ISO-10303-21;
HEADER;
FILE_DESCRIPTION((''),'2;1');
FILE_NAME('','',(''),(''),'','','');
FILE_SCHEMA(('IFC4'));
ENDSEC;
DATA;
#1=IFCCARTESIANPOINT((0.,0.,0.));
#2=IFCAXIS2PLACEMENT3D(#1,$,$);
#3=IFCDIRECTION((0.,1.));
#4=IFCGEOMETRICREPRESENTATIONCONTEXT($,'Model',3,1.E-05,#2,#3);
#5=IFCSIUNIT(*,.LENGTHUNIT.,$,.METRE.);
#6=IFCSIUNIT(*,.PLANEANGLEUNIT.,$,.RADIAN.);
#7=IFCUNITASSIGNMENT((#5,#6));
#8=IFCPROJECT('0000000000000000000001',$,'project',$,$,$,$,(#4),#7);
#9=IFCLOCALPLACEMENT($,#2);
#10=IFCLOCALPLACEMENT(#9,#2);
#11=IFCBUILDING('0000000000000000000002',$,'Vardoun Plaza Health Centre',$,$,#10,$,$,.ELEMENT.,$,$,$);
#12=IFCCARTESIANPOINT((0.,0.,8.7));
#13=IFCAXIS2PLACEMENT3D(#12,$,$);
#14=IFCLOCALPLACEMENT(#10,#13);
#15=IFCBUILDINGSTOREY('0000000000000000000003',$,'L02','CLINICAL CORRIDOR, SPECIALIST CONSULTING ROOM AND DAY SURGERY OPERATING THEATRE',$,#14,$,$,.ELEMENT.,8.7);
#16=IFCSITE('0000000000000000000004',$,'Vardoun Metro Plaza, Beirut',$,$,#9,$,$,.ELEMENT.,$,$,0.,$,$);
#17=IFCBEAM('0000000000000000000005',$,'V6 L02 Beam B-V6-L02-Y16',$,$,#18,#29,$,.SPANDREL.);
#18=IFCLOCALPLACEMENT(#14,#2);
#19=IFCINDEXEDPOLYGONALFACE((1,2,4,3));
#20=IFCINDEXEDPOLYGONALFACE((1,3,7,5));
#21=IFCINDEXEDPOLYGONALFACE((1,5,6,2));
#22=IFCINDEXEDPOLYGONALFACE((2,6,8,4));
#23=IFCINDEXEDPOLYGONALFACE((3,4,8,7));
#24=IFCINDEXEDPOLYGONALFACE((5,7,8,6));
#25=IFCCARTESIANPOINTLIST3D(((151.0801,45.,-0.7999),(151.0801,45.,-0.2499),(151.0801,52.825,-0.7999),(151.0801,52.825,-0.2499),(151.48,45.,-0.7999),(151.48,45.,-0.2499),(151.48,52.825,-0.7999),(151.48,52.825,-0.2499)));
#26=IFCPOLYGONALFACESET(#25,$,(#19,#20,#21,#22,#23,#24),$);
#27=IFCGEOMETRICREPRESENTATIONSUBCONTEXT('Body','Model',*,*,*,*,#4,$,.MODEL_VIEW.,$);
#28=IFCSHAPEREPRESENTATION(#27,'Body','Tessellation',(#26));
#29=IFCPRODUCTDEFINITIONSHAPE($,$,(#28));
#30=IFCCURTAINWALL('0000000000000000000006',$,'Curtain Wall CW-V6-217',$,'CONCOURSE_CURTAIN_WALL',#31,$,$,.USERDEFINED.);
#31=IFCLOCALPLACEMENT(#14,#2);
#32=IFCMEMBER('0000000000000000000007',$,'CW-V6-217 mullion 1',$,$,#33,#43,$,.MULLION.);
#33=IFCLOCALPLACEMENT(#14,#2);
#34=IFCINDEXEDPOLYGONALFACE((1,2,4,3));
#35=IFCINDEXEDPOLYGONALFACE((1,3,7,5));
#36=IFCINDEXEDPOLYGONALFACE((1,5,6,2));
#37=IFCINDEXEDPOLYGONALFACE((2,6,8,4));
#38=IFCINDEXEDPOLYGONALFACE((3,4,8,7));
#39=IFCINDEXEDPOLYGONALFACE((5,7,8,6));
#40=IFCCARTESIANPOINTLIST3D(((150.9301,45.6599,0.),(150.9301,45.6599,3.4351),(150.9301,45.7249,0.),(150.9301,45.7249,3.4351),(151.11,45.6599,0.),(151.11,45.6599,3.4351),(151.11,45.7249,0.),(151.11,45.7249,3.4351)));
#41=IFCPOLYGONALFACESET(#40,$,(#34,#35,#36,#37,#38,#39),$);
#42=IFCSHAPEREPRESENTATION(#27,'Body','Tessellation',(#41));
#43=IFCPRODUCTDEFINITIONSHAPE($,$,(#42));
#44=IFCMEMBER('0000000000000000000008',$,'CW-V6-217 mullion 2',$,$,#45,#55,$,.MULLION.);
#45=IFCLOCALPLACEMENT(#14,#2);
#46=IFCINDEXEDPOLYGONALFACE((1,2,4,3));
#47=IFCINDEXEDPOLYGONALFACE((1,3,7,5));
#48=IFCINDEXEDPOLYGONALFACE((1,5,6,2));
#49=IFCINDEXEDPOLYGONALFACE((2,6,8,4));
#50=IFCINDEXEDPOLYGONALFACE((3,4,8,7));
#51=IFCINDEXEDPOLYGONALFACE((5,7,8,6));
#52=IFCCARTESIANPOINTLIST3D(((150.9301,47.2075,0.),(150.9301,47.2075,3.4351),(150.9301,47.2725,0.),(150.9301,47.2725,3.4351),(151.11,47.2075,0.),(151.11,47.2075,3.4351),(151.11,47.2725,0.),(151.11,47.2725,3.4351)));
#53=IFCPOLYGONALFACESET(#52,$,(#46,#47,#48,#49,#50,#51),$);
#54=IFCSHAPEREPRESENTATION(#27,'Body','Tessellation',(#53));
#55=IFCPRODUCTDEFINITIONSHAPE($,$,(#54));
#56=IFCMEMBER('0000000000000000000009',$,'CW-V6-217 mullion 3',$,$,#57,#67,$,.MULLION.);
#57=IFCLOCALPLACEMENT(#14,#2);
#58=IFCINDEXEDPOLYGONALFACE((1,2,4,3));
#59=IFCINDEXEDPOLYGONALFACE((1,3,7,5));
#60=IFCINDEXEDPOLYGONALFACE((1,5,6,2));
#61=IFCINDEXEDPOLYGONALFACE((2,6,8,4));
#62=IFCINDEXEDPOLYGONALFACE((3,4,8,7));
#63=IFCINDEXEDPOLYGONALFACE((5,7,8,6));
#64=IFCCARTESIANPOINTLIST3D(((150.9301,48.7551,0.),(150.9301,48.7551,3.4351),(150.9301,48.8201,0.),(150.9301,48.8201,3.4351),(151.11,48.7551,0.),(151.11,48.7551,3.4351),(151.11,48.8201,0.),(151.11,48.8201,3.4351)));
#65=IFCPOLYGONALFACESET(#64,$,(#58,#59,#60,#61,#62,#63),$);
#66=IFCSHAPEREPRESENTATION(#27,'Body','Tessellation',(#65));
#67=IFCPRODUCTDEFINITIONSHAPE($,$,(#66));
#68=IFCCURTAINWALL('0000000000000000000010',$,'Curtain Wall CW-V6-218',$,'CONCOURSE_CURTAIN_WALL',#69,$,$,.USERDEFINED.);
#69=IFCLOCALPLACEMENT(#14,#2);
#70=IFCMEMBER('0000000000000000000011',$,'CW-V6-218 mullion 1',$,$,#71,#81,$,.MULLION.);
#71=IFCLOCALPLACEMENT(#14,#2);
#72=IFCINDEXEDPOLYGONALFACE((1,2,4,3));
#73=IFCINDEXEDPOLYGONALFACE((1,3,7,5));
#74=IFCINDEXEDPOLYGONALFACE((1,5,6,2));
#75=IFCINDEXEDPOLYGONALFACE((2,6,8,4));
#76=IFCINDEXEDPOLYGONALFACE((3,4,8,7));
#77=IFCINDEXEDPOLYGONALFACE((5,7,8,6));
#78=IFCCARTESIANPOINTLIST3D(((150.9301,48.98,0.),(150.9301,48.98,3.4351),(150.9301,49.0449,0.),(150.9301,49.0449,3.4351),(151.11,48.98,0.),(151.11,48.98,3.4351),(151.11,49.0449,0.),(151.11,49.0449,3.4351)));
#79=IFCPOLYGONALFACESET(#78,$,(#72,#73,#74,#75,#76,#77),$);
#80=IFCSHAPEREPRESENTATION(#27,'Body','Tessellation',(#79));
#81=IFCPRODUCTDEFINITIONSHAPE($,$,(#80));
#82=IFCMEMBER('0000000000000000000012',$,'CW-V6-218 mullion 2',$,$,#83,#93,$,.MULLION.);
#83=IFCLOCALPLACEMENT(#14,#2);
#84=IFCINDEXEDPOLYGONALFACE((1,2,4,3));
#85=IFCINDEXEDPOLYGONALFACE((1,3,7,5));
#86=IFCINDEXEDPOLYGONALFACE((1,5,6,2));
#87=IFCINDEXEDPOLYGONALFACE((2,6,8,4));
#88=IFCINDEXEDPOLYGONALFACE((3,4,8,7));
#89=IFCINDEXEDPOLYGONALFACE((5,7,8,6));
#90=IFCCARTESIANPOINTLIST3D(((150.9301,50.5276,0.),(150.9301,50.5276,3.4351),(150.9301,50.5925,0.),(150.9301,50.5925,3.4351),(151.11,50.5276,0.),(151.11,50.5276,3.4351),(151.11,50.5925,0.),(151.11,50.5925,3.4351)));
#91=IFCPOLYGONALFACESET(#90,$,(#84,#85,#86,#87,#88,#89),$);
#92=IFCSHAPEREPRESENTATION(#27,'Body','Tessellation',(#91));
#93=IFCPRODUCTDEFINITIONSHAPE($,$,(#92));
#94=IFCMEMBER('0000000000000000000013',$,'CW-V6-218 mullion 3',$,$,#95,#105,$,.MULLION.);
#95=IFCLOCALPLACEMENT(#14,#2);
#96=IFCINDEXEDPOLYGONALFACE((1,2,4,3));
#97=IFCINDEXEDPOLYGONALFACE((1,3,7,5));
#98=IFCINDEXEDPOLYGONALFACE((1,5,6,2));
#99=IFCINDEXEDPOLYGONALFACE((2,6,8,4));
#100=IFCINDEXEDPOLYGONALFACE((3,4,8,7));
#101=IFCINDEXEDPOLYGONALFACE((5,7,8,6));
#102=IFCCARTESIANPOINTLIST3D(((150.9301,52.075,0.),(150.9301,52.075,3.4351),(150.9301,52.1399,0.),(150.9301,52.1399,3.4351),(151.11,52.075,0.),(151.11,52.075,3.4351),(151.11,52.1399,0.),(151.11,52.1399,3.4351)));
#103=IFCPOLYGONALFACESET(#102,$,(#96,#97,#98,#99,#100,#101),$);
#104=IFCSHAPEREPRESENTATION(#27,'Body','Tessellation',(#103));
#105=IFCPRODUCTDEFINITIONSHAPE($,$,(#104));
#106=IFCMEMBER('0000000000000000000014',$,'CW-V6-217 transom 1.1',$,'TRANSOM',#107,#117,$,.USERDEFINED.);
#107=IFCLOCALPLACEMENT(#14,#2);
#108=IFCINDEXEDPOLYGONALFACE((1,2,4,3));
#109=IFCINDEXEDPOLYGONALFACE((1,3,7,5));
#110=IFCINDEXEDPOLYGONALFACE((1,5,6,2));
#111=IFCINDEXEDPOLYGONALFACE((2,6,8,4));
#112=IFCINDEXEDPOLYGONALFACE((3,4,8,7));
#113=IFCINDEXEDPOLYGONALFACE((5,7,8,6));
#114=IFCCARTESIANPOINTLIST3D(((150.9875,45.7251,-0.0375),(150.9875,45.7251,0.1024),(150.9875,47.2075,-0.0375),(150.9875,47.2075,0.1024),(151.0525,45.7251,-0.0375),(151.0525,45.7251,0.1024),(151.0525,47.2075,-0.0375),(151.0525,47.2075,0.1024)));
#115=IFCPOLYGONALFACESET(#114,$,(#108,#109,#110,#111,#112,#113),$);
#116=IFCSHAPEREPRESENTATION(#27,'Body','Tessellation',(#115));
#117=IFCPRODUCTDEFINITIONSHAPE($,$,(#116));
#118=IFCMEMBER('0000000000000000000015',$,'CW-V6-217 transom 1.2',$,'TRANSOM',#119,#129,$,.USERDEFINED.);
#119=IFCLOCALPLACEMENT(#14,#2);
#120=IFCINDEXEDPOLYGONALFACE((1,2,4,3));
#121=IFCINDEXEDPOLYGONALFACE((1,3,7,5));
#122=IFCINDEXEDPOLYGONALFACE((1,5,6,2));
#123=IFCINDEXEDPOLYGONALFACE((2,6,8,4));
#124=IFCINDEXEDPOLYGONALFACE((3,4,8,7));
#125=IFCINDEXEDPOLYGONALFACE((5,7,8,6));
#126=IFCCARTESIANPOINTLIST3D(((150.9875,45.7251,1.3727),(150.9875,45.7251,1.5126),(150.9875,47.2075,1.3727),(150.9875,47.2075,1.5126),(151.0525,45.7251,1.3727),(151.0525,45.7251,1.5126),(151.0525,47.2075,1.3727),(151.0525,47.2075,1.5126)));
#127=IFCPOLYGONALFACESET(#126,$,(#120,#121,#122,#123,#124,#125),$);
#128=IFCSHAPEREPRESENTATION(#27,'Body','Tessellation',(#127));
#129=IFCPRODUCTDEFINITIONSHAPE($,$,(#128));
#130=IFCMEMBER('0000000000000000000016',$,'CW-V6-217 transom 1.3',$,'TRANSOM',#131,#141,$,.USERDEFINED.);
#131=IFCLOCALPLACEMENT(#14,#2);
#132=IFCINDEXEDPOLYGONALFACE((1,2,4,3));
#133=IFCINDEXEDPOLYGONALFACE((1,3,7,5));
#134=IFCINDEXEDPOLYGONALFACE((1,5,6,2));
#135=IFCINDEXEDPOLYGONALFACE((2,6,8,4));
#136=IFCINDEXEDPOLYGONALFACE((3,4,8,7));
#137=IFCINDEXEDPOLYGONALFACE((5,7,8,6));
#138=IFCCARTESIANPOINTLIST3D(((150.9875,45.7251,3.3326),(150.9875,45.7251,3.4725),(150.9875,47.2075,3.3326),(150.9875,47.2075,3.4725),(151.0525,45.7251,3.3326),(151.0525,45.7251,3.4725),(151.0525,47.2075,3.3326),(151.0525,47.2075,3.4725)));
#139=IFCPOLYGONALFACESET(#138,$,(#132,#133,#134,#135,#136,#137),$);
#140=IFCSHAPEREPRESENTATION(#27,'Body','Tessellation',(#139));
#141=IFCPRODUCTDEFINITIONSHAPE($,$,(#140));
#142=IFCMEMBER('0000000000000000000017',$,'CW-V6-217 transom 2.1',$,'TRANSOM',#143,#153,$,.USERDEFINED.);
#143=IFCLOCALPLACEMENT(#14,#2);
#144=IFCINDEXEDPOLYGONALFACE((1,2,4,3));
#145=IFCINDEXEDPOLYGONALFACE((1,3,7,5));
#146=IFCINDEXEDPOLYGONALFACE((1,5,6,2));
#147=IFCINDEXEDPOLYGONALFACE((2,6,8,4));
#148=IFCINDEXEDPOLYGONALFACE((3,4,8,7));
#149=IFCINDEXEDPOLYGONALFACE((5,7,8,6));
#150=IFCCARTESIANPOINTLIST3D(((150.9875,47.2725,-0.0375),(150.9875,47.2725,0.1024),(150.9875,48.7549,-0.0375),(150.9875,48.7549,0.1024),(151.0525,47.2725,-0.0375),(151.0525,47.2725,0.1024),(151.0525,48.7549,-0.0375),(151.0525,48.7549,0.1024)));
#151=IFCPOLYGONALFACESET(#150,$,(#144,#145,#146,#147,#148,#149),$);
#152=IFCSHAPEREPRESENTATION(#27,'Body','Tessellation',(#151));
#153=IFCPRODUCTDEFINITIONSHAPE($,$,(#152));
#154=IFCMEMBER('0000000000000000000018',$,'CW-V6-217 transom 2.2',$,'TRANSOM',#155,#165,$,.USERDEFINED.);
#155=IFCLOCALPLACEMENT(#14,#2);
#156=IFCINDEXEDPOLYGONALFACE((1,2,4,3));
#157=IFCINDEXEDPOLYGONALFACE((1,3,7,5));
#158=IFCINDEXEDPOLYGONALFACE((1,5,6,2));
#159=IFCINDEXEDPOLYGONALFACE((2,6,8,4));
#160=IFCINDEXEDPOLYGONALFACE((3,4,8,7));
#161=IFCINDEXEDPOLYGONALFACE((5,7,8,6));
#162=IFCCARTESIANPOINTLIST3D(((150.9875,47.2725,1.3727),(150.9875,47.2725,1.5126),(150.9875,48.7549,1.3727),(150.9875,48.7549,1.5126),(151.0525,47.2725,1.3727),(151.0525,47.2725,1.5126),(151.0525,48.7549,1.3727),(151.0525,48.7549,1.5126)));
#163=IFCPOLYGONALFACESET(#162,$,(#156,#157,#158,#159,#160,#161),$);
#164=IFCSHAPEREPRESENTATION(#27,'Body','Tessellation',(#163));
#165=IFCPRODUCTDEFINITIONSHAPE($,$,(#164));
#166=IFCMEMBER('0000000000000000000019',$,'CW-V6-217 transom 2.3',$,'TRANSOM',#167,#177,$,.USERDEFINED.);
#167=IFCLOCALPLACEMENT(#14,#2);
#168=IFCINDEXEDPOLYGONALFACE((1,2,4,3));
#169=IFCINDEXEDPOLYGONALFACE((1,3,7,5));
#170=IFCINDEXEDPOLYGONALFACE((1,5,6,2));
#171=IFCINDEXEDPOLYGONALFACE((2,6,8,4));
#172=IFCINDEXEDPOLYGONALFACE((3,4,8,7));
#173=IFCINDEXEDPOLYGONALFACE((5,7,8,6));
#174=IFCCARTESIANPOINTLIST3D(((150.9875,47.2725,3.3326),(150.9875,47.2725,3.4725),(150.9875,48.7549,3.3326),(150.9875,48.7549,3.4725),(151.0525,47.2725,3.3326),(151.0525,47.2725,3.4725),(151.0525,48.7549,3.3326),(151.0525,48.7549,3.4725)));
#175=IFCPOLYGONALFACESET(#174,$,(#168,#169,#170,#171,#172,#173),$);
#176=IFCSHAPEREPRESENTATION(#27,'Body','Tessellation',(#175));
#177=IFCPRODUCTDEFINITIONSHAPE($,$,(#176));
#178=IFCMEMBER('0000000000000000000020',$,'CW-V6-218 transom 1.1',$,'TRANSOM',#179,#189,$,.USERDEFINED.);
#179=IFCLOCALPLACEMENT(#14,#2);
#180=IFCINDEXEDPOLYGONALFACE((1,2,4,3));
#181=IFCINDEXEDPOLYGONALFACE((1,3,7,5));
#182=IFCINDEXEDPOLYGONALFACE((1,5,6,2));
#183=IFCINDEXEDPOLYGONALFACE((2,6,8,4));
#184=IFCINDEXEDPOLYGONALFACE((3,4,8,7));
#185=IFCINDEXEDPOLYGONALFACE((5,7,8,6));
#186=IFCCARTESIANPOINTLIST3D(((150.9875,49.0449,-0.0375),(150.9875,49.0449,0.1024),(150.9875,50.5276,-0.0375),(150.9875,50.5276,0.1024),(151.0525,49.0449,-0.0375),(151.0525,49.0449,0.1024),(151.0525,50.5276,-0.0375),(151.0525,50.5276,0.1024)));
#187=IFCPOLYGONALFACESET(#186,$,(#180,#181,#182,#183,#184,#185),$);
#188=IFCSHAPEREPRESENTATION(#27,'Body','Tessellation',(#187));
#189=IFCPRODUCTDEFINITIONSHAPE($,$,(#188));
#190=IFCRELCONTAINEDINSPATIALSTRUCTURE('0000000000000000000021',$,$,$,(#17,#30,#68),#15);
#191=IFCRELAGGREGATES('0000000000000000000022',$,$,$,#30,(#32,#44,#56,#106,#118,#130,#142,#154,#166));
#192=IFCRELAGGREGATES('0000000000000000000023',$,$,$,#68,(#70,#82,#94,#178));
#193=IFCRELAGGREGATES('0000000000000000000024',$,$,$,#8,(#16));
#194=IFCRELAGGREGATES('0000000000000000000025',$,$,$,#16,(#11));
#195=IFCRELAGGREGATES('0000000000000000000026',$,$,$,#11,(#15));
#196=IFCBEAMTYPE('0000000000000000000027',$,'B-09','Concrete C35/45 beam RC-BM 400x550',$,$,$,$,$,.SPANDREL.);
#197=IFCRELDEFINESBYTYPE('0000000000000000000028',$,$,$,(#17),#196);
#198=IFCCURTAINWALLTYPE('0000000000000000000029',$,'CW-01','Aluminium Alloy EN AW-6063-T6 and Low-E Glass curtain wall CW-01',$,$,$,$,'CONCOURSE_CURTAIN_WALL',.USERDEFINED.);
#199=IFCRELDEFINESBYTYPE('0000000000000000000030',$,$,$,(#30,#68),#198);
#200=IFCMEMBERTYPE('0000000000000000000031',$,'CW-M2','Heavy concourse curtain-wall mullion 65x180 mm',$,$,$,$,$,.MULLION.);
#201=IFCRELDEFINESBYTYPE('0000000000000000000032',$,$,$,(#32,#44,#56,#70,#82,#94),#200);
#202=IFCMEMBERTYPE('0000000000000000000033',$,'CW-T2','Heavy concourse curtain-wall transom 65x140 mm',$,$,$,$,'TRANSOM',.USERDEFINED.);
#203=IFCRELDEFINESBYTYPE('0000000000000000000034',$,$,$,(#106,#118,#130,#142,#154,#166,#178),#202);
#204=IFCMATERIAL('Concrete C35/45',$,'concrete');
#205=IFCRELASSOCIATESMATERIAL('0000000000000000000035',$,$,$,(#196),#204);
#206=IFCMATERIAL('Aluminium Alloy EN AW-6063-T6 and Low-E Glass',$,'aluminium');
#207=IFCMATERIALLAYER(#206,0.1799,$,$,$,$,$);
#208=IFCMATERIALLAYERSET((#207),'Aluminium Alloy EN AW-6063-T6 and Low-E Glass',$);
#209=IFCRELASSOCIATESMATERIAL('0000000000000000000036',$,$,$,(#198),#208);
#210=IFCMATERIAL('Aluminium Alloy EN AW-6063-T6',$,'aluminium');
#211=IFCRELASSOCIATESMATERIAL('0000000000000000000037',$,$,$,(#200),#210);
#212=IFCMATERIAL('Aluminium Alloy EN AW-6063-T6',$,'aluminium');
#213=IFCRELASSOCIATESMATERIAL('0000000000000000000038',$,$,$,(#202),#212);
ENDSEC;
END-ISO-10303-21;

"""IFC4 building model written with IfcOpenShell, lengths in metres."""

from ifc_helpers import new_model, si_unit, direction, frame, origin, origin_2d, place, context, subcontext, project, spatial, rectangle, extrude, material, layer, layer_set, material_profile, profile_set, type_object, element, aggregate, save


model = new_model("IFC4")

# Units and contexts
model_context = context("Model", 3, precision=1e-05, world=origin(), true_north=direction((0.0, 1.0)))
body_context = subcontext(model_context, "Body", "Model", "MODEL_VIEW")
ifc_project = project(units=[si_unit("LENGTHUNIT", "METRE"), si_unit("PLANEANGLEUNIT", "RADIAN")], contexts=[model_context])

# Site, building, storey
site_placement = place(None, origin())
site = spatial("IfcSite", under=ifc_project, at=site_placement, Name="Vardoun Metro Plaza, Beirut", CompositionType="ELEMENT", RefElevation=0.0)
building_placement = place(site_placement, origin())
building = spatial("IfcBuilding", under=site, at=building_placement, Name="Vardoun Plaza Health Centre", CompositionType="ELEMENT")
storey_placement = place(building_placement, frame((0.0, 0.0, 8.7)))
storey = spatial("IfcBuildingStorey", under=building, at=storey_placement, Name="L02", Description="CLINICAL CORRIDOR, SPECIALIST CONSULTING ROOM AND DAY SURGERY OPERATING THEATRE", CompositionType="ELEMENT", Elevation=8.7)

# Beam
ifc_material_1 = material(Name="Concrete C35/45", Category="concrete")
ifc_material_profile_1 = material_profile(ifc_material_1, rectangle(XDim=0.3999, YDim=0.55, at=origin_2d()), Name="RC-BM 400x550")
ifc_profile_set_1 = profile_set([ifc_material_profile_1], Name="Concrete C35/45")
beam_type = type_object("IfcBeamType", Name="B-09", Description="Concrete C35/45 beam RC-BM 400x550", PredefinedType="SPANDREL", material=ifc_profile_set_1)
beam_placement = place(storey_placement, frame((151.28, 45.0, -0.5249), z_axis=(0.0, 1.0, 0.0), x_axis=(-1.0, 0.0, 0.0)))
element("IfcBeam", 1, at=beam_placement, inside=storey, type_object=beam_type, Name="V6 L02 Beam B-V6-L02-Y16", PredefinedType="SPANDREL", context=body_context, shape_type="SweptSolid", body=[
    extrude(rectangle(XDim=0.3999, YDim=0.55, at=origin_2d()), origin(), (0.0, 0.0, 1.0), 7.825),
])

# Curtain walls, members
ifc_material_2 = material(Name="Aluminium Alloy EN AW-6063-T6 and Low-E Glass", Category="aluminium")
ifc_layer_1 = layer(ifc_material_2, 0.1799)
ifc_layer_set_1 = layer_set([ifc_layer_1], Name="Aluminium Alloy EN AW-6063-T6 and Low-E Glass")
curtain_wall_type = type_object("IfcCurtainWallType", Name="CW-01", Description="Aluminium Alloy EN AW-6063-T6 and Low-E Glass curtain wall CW-01", ElementType="CONCOURSE_CURTAIN_WALL", PredefinedType="USERDEFINED", material=ifc_layer_set_1)
curtain_wall_1_placement = place(storey_placement, origin())
curtain_wall_1 = element("IfcCurtainWall", 2, at=curtain_wall_1_placement, inside=storey, type_object=curtain_wall_type, Name="Curtain Wall CW-V6-217", ObjectType="CONCOURSE_CURTAIN_WALL", PredefinedType="USERDEFINED")
ifc_material_3 = material(Name="Aluminium Alloy EN AW-6063-T6", Category="aluminium")
ifc_material_profile_2 = material_profile(ifc_material_3, rectangle(XDim=0.1799, YDim=0.0649, at=origin_2d()), Name="CWM 65x180")
ifc_profile_set_2 = profile_set([ifc_material_profile_2], Name="Aluminium Alloy EN AW-6063-T6")
member_type_1 = type_object("IfcMemberType", Name="CW-M2", Description="Heavy concourse curtain-wall mullion 65x180 mm", PredefinedType="MULLION", material=ifc_profile_set_2)
member_1_placement = place(storey_placement, frame((151.02, 45.6924, 0.0), z_axis=(0.0, 0.0, 1.0), x_axis=(-1.0, 0.0, 0.0)))
member_1 = element("IfcMember", 3, at=member_1_placement, type_object=member_type_1, Name="CW-V6-217 mullion 1", PredefinedType="MULLION", context=body_context, shape_type="SweptSolid", body=[
    extrude(rectangle(XDim=0.1799, YDim=0.0649, at=origin_2d()), origin(), (0.0, 0.0, 1.0), 3.4351),
])
member_2_placement = place(storey_placement, frame((151.02, 47.24, 0.0), z_axis=(0.0, 0.0, 1.0), x_axis=(-1.0, 0.0, 0.0)))
member_2 = element("IfcMember", 4, at=member_2_placement, type_object=member_type_1, Name="CW-V6-217 mullion 2", PredefinedType="MULLION", context=body_context, shape_type="SweptSolid", body=[
    extrude(rectangle(XDim=0.1799, YDim=0.0649, at=origin_2d()), origin(), (0.0, 0.0, 1.0), 3.4351),
])
member_3_placement = place(storey_placement, frame((151.02, 48.7876, 0.0), z_axis=(0.0, 0.0, 1.0), x_axis=(-1.0, 0.0, 0.0)))
member_3 = element("IfcMember", 5, at=member_3_placement, type_object=member_type_1, Name="CW-V6-217 mullion 3", PredefinedType="MULLION", context=body_context, shape_type="SweptSolid", body=[
    extrude(rectangle(XDim=0.1799, YDim=0.0649, at=origin_2d()), origin(), (0.0, 0.0, 1.0), 3.4351),
])
curtain_wall_2_placement = place(storey_placement, origin())
curtain_wall_2 = element("IfcCurtainWall", 6, at=curtain_wall_2_placement, inside=storey, type_object=curtain_wall_type, Name="Curtain Wall CW-V6-218", ObjectType="CONCOURSE_CURTAIN_WALL", PredefinedType="USERDEFINED")
member_4_placement = place(storey_placement, frame((151.02, 49.0125, 0.0), z_axis=(0.0, 0.0, 1.0), x_axis=(-1.0, 0.0, 0.0)))
member_4 = element("IfcMember", 7, at=member_4_placement, type_object=member_type_1, Name="CW-V6-218 mullion 1", PredefinedType="MULLION", context=body_context, shape_type="SweptSolid", body=[
    extrude(rectangle(XDim=0.1799, YDim=0.0649, at=origin_2d()), origin(), (0.0, 0.0, 1.0), 3.4351),
])
member_5_placement = place(storey_placement, frame((151.02, 50.5601, 0.0), z_axis=(0.0, 0.0, 1.0), x_axis=(-1.0, 0.0, 0.0)))
member_5 = element("IfcMember", 8, at=member_5_placement, type_object=member_type_1, Name="CW-V6-218 mullion 2", PredefinedType="MULLION", context=body_context, shape_type="SweptSolid", body=[
    extrude(rectangle(XDim=0.1799, YDim=0.0649, at=origin_2d()), origin(), (0.0, 0.0, 1.0), 3.4351),
])
member_6_placement = place(storey_placement, frame((151.02, 52.1074, 0.0), z_axis=(0.0, 0.0, 1.0), x_axis=(-1.0, 0.0, 0.0)))
member_6 = element("IfcMember", 9, at=member_6_placement, type_object=member_type_1, Name="CW-V6-218 mullion 3", PredefinedType="MULLION", context=body_context, shape_type="SweptSolid", body=[
    extrude(rectangle(XDim=0.1799, YDim=0.0649, at=origin_2d()), origin(), (0.0, 0.0, 1.0), 3.4351),
])

# Members
ifc_material_4 = material(Name="Aluminium Alloy EN AW-6063-T6", Category="aluminium")
ifc_material_profile_3 = material_profile(ifc_material_4, rectangle(XDim=0.0649, YDim=0.1399, at=origin_2d()), Name="CWT 65x140")
ifc_profile_set_3 = profile_set([ifc_material_profile_3], Name="Aluminium Alloy EN AW-6063-T6")
member_type_2 = type_object("IfcMemberType", Name="CW-T2", Description="Heavy concourse curtain-wall transom 65x140 mm", ElementType="TRANSOM", PredefinedType="USERDEFINED", material=ifc_profile_set_3)
member_7_placement = place(storey_placement, frame((151.02, 45.7251, 0.0325), z_axis=(0.0, 1.0, 0.0), x_axis=(-1.0, 0.0, 0.0)))
member_7 = element("IfcMember", 10, at=member_7_placement, type_object=member_type_2, Name="CW-V6-217 transom 1.1", ObjectType="TRANSOM", PredefinedType="USERDEFINED", context=body_context, shape_type="SweptSolid", body=[
    extrude(rectangle(XDim=0.0649, YDim=0.1399, at=origin_2d()), origin(), (0.0, 0.0, 1.0), 1.4824),
])
member_8_placement = place(storey_placement, frame((151.02, 45.7251, 1.4426), z_axis=(0.0, 1.0, 0.0), x_axis=(-1.0, 0.0, 0.0)))
member_8 = element("IfcMember", 11, at=member_8_placement, type_object=member_type_2, Name="CW-V6-217 transom 1.2", ObjectType="TRANSOM", PredefinedType="USERDEFINED", context=body_context, shape_type="SweptSolid", body=[
    extrude(rectangle(XDim=0.0649, YDim=0.1399, at=origin_2d()), origin(), (0.0, 0.0, 1.0), 1.4824),
])
member_9_placement = place(storey_placement, frame((151.02, 45.7251, 3.4026), z_axis=(0.0, 1.0, 0.0), x_axis=(-1.0, 0.0, 0.0)))
member_9 = element("IfcMember", 12, at=member_9_placement, type_object=member_type_2, Name="CW-V6-217 transom 1.3", ObjectType="TRANSOM", PredefinedType="USERDEFINED", context=body_context, shape_type="SweptSolid", body=[
    extrude(rectangle(XDim=0.0649, YDim=0.1399, at=origin_2d()), origin(), (0.0, 0.0, 1.0), 1.4824),
])
member_10_placement = place(storey_placement, frame((151.02, 47.2725, 0.0325), z_axis=(0.0, 1.0, 0.0), x_axis=(-1.0, 0.0, 0.0)))
member_10 = element("IfcMember", 13, at=member_10_placement, type_object=member_type_2, Name="CW-V6-217 transom 2.1", ObjectType="TRANSOM", PredefinedType="USERDEFINED", context=body_context, shape_type="SweptSolid", body=[
    extrude(rectangle(XDim=0.0649, YDim=0.1399, at=origin_2d()), origin(), (0.0, 0.0, 1.0), 1.4824),
])
member_11_placement = place(storey_placement, frame((151.02, 47.2725, 1.4426), z_axis=(0.0, 1.0, 0.0), x_axis=(-1.0, 0.0, 0.0)))
member_11 = element("IfcMember", 14, at=member_11_placement, type_object=member_type_2, Name="CW-V6-217 transom 2.2", ObjectType="TRANSOM", PredefinedType="USERDEFINED", context=body_context, shape_type="SweptSolid", body=[
    extrude(rectangle(XDim=0.0649, YDim=0.1399, at=origin_2d()), origin(), (0.0, 0.0, 1.0), 1.4824),
])
member_12_placement = place(storey_placement, frame((151.02, 47.2725, 3.4026), z_axis=(0.0, 1.0, 0.0), x_axis=(-1.0, 0.0, 0.0)))
member_12 = element("IfcMember", 15, at=member_12_placement, type_object=member_type_2, Name="CW-V6-217 transom 2.3", ObjectType="TRANSOM", PredefinedType="USERDEFINED", context=body_context, shape_type="SweptSolid", body=[
    extrude(rectangle(XDim=0.0649, YDim=0.1399, at=origin_2d()), origin(), (0.0, 0.0, 1.0), 1.4824),
])
member_13_placement = place(storey_placement, frame((151.02, 49.0449, 0.0325), z_axis=(0.0, 1.0, 0.0), x_axis=(-1.0, 0.0, 0.0)))
member_13 = element("IfcMember", 16, at=member_13_placement, type_object=member_type_2, Name="CW-V6-218 transom 1.1", ObjectType="TRANSOM", PredefinedType="USERDEFINED", context=body_context, shape_type="SweptSolid", body=[
    extrude(rectangle(XDim=0.0649, YDim=0.1399, at=origin_2d()), origin(), (0.0, 0.0, 1.0), 1.4827),
])

aggregate(curtain_wall_1, [member_1, member_2, member_3, member_7, member_8, member_9, member_10, member_11, member_12])
aggregate(curtain_wall_2, [member_4, member_5, member_6, member_13])

save(model, "model.ifc")
